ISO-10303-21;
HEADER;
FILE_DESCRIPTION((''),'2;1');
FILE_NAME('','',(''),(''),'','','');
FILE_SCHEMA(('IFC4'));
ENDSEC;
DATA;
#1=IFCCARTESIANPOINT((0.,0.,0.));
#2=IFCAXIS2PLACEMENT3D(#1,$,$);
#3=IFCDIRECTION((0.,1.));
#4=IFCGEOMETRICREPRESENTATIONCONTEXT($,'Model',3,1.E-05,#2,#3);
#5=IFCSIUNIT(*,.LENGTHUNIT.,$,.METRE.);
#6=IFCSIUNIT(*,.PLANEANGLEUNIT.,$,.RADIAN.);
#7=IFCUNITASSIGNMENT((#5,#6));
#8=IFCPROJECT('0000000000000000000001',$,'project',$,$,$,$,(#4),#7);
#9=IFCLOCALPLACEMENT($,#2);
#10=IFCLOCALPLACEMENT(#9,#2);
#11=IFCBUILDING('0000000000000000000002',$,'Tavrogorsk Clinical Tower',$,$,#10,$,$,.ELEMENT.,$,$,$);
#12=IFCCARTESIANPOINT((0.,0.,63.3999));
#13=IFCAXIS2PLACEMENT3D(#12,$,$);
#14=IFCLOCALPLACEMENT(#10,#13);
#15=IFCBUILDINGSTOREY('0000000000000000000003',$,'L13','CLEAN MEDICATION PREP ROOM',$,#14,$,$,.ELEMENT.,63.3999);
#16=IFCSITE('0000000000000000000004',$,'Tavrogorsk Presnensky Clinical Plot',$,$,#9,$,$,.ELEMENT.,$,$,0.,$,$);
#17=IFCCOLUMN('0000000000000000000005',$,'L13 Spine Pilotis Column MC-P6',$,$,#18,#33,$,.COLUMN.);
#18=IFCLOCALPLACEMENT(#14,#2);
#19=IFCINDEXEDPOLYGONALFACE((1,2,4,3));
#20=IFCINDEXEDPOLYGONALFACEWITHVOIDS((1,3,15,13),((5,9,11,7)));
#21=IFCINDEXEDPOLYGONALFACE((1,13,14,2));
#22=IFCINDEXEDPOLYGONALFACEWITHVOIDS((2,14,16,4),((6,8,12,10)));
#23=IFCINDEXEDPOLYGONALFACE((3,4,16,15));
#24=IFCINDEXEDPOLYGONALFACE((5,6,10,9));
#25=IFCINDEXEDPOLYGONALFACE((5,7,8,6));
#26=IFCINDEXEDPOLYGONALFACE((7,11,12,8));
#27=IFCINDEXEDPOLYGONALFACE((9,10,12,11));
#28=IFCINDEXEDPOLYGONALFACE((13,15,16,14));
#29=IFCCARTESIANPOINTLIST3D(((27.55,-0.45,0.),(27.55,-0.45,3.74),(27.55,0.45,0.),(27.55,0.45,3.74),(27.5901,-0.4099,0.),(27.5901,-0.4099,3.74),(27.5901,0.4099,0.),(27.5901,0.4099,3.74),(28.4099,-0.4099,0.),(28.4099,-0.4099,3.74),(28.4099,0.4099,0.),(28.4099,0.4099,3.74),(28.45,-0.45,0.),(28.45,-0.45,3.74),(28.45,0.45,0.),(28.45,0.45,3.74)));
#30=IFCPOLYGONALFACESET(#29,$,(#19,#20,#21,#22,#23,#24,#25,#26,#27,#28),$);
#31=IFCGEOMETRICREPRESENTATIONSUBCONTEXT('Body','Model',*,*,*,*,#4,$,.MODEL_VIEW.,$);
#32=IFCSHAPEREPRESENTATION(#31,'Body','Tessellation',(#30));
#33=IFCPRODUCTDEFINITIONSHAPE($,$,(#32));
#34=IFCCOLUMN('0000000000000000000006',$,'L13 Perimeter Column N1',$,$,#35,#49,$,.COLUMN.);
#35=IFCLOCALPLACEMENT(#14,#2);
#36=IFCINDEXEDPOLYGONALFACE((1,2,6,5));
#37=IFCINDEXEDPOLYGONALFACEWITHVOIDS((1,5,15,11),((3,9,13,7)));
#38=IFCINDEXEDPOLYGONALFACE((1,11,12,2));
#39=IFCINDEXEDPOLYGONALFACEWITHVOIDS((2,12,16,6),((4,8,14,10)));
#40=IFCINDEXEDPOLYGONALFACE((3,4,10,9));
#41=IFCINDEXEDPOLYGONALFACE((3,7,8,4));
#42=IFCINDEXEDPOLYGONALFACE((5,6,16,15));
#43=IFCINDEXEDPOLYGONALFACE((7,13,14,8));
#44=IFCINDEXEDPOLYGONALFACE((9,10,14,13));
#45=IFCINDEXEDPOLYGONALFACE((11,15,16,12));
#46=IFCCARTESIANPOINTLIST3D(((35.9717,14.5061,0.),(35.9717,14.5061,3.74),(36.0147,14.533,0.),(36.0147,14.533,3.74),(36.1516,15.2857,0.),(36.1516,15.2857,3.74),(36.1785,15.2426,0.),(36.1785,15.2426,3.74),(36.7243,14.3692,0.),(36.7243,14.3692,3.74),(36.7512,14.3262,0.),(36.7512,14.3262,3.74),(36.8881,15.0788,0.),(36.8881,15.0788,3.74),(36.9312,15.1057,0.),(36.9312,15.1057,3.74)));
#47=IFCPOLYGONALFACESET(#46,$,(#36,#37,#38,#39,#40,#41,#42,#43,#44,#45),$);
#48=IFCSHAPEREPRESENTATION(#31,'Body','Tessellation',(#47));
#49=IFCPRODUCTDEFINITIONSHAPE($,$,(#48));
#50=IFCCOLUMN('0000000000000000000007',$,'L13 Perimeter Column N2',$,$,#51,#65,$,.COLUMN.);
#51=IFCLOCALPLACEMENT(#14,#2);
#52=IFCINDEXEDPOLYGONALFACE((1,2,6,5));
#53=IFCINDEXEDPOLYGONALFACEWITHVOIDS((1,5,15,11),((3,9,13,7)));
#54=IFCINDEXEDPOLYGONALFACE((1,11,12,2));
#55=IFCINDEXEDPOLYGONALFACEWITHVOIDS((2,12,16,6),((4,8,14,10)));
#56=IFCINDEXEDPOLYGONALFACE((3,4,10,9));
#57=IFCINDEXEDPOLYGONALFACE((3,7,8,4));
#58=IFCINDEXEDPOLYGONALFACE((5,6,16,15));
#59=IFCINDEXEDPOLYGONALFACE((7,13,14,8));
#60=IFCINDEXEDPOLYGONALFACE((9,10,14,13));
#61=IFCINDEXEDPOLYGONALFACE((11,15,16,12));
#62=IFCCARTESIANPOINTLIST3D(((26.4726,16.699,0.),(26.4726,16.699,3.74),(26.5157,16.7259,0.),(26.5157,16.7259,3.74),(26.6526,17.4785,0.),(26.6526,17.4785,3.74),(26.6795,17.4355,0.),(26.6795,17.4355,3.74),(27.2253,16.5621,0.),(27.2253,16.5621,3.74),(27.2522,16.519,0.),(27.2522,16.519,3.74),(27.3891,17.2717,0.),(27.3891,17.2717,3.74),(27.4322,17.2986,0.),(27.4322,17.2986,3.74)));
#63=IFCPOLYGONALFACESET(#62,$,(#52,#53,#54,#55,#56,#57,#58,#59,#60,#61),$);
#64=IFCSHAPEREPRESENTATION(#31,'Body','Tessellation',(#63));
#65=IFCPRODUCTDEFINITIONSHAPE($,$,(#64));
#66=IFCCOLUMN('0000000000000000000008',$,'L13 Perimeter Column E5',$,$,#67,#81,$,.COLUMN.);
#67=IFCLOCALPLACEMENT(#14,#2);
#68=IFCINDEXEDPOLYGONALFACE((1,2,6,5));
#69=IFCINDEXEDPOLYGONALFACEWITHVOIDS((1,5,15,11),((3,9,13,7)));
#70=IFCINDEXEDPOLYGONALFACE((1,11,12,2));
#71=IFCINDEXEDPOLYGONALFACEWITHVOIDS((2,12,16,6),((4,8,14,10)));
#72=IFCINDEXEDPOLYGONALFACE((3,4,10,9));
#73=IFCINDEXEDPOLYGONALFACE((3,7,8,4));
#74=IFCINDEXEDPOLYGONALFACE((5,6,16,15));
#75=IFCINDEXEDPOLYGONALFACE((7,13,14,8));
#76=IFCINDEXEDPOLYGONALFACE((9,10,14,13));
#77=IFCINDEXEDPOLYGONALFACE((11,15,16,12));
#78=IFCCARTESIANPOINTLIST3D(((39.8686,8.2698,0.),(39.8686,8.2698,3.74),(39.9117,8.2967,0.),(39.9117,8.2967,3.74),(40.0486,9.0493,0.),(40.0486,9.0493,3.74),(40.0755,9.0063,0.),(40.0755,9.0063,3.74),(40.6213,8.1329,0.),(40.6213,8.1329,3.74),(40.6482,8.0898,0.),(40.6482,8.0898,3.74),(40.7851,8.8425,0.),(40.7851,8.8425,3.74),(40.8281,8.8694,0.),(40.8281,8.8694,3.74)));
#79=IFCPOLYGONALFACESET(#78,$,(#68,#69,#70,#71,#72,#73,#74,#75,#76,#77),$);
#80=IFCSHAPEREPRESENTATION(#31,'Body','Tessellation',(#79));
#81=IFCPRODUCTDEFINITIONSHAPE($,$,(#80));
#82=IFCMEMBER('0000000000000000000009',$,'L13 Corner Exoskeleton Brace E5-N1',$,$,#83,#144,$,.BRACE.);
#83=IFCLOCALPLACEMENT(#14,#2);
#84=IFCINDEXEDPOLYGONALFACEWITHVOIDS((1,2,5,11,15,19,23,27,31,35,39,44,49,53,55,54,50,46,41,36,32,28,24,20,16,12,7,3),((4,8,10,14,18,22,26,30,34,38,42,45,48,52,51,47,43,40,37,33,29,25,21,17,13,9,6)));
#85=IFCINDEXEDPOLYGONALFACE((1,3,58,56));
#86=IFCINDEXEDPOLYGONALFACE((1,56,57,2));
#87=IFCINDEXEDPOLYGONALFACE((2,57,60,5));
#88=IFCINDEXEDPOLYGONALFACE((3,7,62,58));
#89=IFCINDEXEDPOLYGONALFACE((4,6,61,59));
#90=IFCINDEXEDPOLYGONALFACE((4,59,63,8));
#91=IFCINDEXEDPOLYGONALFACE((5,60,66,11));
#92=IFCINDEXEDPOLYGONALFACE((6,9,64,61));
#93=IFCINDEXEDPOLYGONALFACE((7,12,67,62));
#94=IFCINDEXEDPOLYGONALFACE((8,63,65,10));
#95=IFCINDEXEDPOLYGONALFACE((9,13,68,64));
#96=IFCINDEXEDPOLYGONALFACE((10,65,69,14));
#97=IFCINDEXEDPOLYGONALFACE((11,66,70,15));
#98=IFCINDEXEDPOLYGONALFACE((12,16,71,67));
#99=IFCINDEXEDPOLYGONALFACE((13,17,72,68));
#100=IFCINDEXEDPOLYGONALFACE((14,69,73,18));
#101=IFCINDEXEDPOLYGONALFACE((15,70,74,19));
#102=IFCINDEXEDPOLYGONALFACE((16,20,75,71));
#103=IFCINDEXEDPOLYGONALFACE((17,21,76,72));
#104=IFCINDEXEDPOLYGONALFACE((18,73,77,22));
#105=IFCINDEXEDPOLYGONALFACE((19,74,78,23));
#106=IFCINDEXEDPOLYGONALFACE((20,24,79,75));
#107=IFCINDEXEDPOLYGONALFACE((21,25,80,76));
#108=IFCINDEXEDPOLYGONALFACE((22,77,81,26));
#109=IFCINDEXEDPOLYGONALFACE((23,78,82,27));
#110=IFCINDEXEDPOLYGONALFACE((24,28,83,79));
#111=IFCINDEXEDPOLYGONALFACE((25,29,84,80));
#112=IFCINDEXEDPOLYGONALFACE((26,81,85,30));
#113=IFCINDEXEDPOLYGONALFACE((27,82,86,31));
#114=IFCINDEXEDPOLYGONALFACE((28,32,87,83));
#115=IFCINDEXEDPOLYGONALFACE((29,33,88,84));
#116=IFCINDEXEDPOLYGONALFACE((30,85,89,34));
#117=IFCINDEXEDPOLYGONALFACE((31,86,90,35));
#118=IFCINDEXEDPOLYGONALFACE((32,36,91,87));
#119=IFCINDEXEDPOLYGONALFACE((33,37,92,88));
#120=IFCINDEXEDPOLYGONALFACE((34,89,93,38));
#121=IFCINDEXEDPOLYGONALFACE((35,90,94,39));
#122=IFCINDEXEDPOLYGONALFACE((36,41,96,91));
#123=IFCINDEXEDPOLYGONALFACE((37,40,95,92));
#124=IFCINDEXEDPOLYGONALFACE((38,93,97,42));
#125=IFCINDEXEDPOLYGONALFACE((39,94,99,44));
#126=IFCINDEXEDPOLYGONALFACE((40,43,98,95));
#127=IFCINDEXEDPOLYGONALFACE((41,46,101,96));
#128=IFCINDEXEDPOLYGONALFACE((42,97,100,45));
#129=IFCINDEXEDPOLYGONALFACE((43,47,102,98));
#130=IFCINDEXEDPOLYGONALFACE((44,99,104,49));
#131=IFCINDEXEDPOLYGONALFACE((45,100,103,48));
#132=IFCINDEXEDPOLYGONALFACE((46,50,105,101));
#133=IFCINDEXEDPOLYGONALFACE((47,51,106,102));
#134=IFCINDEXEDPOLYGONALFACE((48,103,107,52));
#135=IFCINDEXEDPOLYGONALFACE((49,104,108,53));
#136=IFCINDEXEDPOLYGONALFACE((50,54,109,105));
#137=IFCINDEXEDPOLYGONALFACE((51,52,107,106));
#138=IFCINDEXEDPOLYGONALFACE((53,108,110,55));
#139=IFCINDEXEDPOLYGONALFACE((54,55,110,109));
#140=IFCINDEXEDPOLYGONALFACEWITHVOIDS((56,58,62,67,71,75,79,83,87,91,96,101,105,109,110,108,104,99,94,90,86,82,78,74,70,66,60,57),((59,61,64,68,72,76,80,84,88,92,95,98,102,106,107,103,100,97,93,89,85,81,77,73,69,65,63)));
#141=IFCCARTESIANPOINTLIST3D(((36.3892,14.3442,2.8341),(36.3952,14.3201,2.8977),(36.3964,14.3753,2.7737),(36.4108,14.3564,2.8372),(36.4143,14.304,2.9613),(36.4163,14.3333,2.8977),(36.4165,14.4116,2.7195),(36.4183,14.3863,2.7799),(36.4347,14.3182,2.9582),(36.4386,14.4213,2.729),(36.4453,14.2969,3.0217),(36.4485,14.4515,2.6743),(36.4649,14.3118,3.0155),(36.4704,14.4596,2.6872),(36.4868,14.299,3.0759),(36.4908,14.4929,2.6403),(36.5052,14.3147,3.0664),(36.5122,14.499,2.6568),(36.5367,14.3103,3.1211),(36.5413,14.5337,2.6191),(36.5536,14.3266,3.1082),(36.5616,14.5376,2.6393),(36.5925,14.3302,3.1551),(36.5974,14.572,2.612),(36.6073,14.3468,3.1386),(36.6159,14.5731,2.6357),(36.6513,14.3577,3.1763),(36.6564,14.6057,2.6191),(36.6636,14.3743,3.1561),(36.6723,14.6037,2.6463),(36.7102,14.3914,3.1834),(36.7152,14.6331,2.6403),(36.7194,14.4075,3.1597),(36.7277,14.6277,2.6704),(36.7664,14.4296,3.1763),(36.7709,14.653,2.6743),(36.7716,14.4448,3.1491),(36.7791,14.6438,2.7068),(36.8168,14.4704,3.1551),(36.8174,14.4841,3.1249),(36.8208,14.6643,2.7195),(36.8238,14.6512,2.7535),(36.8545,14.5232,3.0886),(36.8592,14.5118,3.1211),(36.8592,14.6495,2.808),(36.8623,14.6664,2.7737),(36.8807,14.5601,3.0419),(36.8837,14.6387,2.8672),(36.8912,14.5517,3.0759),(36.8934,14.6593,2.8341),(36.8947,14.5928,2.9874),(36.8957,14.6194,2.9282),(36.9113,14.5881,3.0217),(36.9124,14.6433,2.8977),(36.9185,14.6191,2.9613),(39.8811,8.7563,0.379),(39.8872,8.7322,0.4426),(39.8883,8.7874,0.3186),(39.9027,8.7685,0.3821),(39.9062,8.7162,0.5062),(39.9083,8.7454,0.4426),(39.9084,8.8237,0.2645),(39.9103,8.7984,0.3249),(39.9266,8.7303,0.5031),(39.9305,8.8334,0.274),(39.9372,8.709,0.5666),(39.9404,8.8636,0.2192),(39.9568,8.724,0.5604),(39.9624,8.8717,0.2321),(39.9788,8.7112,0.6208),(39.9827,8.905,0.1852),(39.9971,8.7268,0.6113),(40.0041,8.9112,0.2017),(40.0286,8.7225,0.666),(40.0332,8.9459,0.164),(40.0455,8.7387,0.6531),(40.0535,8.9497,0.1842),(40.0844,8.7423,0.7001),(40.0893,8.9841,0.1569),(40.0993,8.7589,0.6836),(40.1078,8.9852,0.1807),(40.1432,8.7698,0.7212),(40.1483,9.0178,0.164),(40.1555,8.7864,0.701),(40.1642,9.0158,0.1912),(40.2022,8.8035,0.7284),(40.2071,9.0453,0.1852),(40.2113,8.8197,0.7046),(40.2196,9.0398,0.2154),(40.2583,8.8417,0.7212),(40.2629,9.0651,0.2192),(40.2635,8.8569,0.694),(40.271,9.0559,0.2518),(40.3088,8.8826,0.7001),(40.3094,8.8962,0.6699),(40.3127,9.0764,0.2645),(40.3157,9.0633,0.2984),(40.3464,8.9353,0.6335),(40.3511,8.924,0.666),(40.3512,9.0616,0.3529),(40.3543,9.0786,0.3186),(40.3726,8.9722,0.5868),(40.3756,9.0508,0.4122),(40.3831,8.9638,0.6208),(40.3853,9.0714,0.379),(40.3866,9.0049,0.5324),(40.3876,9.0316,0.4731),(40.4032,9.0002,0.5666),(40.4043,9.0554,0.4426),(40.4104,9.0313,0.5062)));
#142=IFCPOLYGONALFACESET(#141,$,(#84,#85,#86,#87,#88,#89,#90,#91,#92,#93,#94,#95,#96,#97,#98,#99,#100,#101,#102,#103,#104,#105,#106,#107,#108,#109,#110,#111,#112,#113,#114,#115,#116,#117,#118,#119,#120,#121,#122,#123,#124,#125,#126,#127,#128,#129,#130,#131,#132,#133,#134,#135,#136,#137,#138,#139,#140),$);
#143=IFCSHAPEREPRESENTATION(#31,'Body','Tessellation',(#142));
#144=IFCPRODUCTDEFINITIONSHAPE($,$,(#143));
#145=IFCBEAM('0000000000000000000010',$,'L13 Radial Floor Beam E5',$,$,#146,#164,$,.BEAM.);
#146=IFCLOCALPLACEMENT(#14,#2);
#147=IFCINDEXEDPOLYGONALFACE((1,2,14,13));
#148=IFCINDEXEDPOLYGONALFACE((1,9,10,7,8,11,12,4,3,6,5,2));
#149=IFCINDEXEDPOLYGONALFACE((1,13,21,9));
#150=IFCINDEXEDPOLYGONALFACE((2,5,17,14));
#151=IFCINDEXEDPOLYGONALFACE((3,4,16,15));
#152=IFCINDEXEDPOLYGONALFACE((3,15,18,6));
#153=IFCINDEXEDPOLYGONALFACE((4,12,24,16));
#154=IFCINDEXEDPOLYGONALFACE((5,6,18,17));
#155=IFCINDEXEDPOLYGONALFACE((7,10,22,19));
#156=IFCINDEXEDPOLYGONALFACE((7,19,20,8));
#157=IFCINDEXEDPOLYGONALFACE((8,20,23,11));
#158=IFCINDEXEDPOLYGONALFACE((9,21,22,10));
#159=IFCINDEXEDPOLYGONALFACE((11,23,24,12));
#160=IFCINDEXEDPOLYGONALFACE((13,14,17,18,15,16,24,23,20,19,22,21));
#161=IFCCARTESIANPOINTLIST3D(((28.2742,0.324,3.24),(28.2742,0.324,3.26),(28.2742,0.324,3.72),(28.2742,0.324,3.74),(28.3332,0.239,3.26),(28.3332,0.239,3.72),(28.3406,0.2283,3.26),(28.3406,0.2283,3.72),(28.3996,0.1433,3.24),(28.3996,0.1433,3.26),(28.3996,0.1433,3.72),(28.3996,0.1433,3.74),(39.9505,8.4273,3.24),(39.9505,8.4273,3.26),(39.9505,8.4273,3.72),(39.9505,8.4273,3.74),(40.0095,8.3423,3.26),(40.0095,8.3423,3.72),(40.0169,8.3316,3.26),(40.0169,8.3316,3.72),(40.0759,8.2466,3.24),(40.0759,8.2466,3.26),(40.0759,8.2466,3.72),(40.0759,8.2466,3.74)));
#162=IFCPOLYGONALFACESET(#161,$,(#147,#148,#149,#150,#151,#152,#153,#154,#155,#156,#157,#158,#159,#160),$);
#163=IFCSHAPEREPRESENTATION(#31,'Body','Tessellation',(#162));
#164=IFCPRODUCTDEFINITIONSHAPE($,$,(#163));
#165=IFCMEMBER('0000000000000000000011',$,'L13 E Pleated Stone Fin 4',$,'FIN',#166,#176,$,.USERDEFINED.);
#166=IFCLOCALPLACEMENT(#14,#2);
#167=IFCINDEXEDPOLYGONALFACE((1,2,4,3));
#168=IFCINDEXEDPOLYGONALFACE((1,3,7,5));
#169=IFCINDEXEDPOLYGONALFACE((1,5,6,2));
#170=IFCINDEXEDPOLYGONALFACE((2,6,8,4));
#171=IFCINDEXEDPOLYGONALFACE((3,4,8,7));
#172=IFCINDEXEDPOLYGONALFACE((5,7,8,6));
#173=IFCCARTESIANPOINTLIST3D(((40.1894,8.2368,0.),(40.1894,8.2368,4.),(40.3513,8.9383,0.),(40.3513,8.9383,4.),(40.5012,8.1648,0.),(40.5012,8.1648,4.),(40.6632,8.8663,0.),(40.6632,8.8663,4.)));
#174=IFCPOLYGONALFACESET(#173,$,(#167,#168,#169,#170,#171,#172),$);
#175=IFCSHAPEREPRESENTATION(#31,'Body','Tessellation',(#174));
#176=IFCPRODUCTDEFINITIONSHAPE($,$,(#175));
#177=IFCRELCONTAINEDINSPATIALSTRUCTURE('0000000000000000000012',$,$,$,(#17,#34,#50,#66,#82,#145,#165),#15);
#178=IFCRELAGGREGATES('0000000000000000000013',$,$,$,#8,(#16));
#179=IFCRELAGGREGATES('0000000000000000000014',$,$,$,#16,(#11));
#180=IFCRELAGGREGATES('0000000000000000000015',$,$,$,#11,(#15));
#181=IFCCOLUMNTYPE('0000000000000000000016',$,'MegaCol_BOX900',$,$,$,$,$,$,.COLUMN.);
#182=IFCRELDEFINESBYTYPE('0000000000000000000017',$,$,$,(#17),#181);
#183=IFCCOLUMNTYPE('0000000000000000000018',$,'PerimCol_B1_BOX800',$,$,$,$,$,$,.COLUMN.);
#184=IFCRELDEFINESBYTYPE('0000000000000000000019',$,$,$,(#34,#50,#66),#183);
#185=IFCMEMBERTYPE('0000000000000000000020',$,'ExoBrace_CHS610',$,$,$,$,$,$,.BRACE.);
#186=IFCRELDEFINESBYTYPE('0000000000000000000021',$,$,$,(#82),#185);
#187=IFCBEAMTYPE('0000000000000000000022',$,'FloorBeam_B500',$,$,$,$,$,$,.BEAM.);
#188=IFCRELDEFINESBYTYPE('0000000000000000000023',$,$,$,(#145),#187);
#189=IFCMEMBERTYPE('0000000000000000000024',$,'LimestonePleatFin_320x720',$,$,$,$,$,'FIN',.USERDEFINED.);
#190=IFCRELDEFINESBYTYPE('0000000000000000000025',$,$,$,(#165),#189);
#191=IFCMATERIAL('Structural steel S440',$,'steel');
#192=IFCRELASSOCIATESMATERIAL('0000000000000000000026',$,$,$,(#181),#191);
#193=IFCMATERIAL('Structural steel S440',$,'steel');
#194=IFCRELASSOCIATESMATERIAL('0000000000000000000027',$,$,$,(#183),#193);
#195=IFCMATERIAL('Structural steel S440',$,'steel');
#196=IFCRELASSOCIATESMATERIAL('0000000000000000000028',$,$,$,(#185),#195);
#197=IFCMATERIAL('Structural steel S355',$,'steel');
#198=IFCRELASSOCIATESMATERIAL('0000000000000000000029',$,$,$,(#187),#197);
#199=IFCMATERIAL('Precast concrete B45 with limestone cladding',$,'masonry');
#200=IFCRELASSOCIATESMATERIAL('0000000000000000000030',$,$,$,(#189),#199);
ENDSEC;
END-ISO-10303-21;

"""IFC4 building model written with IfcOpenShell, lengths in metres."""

from ifc_helpers import new_model, si_unit, direction, frame, origin, origin_2d, place, context, subcontext, project, spatial, rectangle, hollow_rectangle, hollow_circle, i_section, extrude, material, material_profile, profile_set, type_object, element, save


model = new_model("IFC4")

# Units and contexts
model_context = context("Model", 3, precision=1e-05, world=origin(), true_north=direction((0.0, 1.0)))
body_context = subcontext(model_context, "Body", "Model", "MODEL_VIEW")
ifc_project = project(units=[si_unit("LENGTHUNIT", "METRE"), si_unit("PLANEANGLEUNIT", "RADIAN")], contexts=[model_context])

# Site, building, storey
site_placement = place(None, origin())
site = spatial("IfcSite", under=ifc_project, at=site_placement, Name="Tavrogorsk Presnensky Clinical Plot", CompositionType="ELEMENT", RefElevation=0.0)
building_placement = place(site_placement, origin())
building = spatial("IfcBuilding", under=site, at=building_placement, Name="Tavrogorsk Clinical Tower", CompositionType="ELEMENT")
storey_placement = place(building_placement, frame((0.0, 0.0, 63.3999)))
storey = spatial("IfcBuildingStorey", under=building, at=storey_placement, Name="L13", Description="CLEAN MEDICATION PREP ROOM", CompositionType="ELEMENT", Elevation=63.3999)

# Columns
ifc_material_1 = material(Name="Structural steel S440", Category="steel")
ifc_material_profile_1 = material_profile(ifc_material_1, hollow_rectangle(XDim=0.8999, YDim=0.8999, WallThickness=0.04, at=origin_2d()), Name="BOX-900x900x40")
ifc_profile_set_1 = profile_set([ifc_material_profile_1], Name="Structural steel S440")
column_type_1 = type_object("IfcColumnType", Name="MegaCol_BOX900", PredefinedType="COLUMN", material=ifc_profile_set_1)
column_placement = place(storey_placement, frame((28.0, 0.0, 0.0), z_axis=(0.0, 0.0, 1.0), x_axis=(1.0, 0.0, 0.0)))
element("IfcColumn", 1, at=column_placement, inside=storey, type_object=column_type_1, Name="L13 Spine Pilotis Column MC-P6", PredefinedType="COLUMN", context=body_context, shape_type="SweptSolid", body=[
    extrude(hollow_rectangle(XDim=0.8999, YDim=0.8999, WallThickness=0.04, at=origin_2d()), origin(), (0.0, 0.0, 1.0), 3.74),
])
ifc_material_2 = material(Name="Structural steel S440", Category="steel")
ifc_material_profile_2 = material_profile(ifc_material_2, hollow_rectangle(XDim=0.8, YDim=0.8, WallThickness=0.0359, at=origin_2d()), Name="BOX-800x800x36")
ifc_profile_set_2 = profile_set([ifc_material_profile_2], Name="Structural steel S440")
column_type_2 = type_object("IfcColumnType", Name="PerimCol_B1_BOX800", PredefinedType="COLUMN", material=ifc_profile_set_2)
for number, where, z_axis, x_axis, name in (
    (2, (36.4514, 14.8059, 0.0), (0.0, 0.0, 1.0), (0.97437, -0.224951, 0.0), "L13 Perimeter Column N1"),
    (3, (26.9524, 16.9988, 0.0), (0.0, 0.0, 1.0), (0.97437, -0.224951, 0.0), "L13 Perimeter Column N2"),
    (4, (40.3484, 8.5696, 0.0), (0.0, 0.0, 1.0), (0.97437, -0.224951, 0.0), "L13 Perimeter Column E5"),
):
    element("IfcColumn", number, at=place(storey_placement, frame(where, z_axis=z_axis, x_axis=x_axis)), inside=storey, type_object=column_type_2, Name=name, PredefinedType="COLUMN", context=body_context, shape_type="SweptSolid", body=[
        extrude(hollow_rectangle(XDim=0.8, YDim=0.8, WallThickness=0.0359, at=origin_2d()), origin(), (0.0, 0.0, 1.0), 3.74),
    ])

# Member
ifc_material_3 = material(Name="Structural steel S440", Category="steel")
ifc_material_profile_3 = material_profile(ifc_material_3, hollow_circle(Radius=0.3049, WallThickness=0.0249, at=origin_2d()), Name="CHS-610x25")
ifc_profile_set_3 = profile_set([ifc_material_profile_3], Name="Structural steel S440")
member_type_1 = type_object("IfcMemberType", Name="ExoBrace_CHS610", PredefinedType="BRACE", material=ifc_profile_set_3)
member_1_placement = place(storey_placement, frame((40.1458, 8.8938, 0.4426), z_axis=(-0.496596, 0.794665, 0.349142), x_axis=(-0.848032, -0.529946, 0.0)))
element("IfcMember", 5, at=member_1_placement, inside=storey, type_object=member_type_1, Name="L13 Corner Exoskeleton Brace E5-N1", PredefinedType="BRACE", context=body_context, shape_type="SweptSolid", body=[
    extrude(hollow_circle(Radius=0.3049, WallThickness=0.0249, at=origin_2d()), origin(), (0.0, 0.0, 1.0), 7.0317),
])

# Beam
ifc_material_4 = material(Name="Structural steel S355", Category="steel")
ifc_material_profile_4 = material_profile(ifc_material_4, i_section(OverallWidth=0.22, OverallDepth=0.5, WebThickness=0.0129, FlangeThickness=0.02, at=origin_2d()), Name="B-500x220x13x20")
ifc_profile_set_4 = profile_set([ifc_material_profile_4], Name="Structural steel S355")
beam_type_1 = type_object("IfcBeamType", Name="FloorBeam_B500", PredefinedType="BEAM", material=ifc_profile_set_4)
beam_1_placement = place(storey_placement, frame((28.3369, 0.2336, 3.49), z_axis=(0.821543, 0.570147, 0.0), x_axis=(-0.570147, 0.821543, 0.0)))
element("IfcBeam", 6, at=beam_1_placement, inside=storey, type_object=beam_type_1, Name="L13 Radial Floor Beam E5", PredefinedType="BEAM", context=body_context, shape_type="SweptSolid", body=[
    extrude(i_section(OverallWidth=0.22, OverallDepth=0.5, WebThickness=0.0129, FlangeThickness=0.02, at=origin_2d()), origin(), (0.0, 0.0, 1.0), 14.2126),
])

# Member
ifc_material_5 = material(Name="Precast concrete B45 with limestone cladding", Category="masonry")
ifc_material_profile_5 = material_profile(ifc_material_5, rectangle(XDim=0.3201, YDim=0.72, at=origin_2d()), Name="LIMESTONE-FIN-320x720")
ifc_profile_set_5 = profile_set([ifc_material_profile_5], Name="Precast concrete B45 with limestone cladding")
member_type_2 = type_object("IfcMemberType", Name="LimestonePleatFin_320x720", ElementType="FIN", PredefinedType="USERDEFINED", material=ifc_profile_set_5)
member_2_placement = place(storey_placement, frame((40.4263, 8.5515, 0.0), z_axis=(0.0, 0.0, 1.0), x_axis=(0.97437, -0.224951, 0.0)))
element("IfcMember", 7, at=member_2_placement, inside=storey, type_object=member_type_2, Name="L13 E Pleated Stone Fin 4", ObjectType="FIN", PredefinedType="USERDEFINED", context=body_context, shape_type="SweptSolid", body=[
    extrude(rectangle(XDim=0.3201, YDim=0.72, at=origin_2d()), origin(), (0.0, 0.0, 1.0), 4.0),
])

save(model, "model.ifc")
